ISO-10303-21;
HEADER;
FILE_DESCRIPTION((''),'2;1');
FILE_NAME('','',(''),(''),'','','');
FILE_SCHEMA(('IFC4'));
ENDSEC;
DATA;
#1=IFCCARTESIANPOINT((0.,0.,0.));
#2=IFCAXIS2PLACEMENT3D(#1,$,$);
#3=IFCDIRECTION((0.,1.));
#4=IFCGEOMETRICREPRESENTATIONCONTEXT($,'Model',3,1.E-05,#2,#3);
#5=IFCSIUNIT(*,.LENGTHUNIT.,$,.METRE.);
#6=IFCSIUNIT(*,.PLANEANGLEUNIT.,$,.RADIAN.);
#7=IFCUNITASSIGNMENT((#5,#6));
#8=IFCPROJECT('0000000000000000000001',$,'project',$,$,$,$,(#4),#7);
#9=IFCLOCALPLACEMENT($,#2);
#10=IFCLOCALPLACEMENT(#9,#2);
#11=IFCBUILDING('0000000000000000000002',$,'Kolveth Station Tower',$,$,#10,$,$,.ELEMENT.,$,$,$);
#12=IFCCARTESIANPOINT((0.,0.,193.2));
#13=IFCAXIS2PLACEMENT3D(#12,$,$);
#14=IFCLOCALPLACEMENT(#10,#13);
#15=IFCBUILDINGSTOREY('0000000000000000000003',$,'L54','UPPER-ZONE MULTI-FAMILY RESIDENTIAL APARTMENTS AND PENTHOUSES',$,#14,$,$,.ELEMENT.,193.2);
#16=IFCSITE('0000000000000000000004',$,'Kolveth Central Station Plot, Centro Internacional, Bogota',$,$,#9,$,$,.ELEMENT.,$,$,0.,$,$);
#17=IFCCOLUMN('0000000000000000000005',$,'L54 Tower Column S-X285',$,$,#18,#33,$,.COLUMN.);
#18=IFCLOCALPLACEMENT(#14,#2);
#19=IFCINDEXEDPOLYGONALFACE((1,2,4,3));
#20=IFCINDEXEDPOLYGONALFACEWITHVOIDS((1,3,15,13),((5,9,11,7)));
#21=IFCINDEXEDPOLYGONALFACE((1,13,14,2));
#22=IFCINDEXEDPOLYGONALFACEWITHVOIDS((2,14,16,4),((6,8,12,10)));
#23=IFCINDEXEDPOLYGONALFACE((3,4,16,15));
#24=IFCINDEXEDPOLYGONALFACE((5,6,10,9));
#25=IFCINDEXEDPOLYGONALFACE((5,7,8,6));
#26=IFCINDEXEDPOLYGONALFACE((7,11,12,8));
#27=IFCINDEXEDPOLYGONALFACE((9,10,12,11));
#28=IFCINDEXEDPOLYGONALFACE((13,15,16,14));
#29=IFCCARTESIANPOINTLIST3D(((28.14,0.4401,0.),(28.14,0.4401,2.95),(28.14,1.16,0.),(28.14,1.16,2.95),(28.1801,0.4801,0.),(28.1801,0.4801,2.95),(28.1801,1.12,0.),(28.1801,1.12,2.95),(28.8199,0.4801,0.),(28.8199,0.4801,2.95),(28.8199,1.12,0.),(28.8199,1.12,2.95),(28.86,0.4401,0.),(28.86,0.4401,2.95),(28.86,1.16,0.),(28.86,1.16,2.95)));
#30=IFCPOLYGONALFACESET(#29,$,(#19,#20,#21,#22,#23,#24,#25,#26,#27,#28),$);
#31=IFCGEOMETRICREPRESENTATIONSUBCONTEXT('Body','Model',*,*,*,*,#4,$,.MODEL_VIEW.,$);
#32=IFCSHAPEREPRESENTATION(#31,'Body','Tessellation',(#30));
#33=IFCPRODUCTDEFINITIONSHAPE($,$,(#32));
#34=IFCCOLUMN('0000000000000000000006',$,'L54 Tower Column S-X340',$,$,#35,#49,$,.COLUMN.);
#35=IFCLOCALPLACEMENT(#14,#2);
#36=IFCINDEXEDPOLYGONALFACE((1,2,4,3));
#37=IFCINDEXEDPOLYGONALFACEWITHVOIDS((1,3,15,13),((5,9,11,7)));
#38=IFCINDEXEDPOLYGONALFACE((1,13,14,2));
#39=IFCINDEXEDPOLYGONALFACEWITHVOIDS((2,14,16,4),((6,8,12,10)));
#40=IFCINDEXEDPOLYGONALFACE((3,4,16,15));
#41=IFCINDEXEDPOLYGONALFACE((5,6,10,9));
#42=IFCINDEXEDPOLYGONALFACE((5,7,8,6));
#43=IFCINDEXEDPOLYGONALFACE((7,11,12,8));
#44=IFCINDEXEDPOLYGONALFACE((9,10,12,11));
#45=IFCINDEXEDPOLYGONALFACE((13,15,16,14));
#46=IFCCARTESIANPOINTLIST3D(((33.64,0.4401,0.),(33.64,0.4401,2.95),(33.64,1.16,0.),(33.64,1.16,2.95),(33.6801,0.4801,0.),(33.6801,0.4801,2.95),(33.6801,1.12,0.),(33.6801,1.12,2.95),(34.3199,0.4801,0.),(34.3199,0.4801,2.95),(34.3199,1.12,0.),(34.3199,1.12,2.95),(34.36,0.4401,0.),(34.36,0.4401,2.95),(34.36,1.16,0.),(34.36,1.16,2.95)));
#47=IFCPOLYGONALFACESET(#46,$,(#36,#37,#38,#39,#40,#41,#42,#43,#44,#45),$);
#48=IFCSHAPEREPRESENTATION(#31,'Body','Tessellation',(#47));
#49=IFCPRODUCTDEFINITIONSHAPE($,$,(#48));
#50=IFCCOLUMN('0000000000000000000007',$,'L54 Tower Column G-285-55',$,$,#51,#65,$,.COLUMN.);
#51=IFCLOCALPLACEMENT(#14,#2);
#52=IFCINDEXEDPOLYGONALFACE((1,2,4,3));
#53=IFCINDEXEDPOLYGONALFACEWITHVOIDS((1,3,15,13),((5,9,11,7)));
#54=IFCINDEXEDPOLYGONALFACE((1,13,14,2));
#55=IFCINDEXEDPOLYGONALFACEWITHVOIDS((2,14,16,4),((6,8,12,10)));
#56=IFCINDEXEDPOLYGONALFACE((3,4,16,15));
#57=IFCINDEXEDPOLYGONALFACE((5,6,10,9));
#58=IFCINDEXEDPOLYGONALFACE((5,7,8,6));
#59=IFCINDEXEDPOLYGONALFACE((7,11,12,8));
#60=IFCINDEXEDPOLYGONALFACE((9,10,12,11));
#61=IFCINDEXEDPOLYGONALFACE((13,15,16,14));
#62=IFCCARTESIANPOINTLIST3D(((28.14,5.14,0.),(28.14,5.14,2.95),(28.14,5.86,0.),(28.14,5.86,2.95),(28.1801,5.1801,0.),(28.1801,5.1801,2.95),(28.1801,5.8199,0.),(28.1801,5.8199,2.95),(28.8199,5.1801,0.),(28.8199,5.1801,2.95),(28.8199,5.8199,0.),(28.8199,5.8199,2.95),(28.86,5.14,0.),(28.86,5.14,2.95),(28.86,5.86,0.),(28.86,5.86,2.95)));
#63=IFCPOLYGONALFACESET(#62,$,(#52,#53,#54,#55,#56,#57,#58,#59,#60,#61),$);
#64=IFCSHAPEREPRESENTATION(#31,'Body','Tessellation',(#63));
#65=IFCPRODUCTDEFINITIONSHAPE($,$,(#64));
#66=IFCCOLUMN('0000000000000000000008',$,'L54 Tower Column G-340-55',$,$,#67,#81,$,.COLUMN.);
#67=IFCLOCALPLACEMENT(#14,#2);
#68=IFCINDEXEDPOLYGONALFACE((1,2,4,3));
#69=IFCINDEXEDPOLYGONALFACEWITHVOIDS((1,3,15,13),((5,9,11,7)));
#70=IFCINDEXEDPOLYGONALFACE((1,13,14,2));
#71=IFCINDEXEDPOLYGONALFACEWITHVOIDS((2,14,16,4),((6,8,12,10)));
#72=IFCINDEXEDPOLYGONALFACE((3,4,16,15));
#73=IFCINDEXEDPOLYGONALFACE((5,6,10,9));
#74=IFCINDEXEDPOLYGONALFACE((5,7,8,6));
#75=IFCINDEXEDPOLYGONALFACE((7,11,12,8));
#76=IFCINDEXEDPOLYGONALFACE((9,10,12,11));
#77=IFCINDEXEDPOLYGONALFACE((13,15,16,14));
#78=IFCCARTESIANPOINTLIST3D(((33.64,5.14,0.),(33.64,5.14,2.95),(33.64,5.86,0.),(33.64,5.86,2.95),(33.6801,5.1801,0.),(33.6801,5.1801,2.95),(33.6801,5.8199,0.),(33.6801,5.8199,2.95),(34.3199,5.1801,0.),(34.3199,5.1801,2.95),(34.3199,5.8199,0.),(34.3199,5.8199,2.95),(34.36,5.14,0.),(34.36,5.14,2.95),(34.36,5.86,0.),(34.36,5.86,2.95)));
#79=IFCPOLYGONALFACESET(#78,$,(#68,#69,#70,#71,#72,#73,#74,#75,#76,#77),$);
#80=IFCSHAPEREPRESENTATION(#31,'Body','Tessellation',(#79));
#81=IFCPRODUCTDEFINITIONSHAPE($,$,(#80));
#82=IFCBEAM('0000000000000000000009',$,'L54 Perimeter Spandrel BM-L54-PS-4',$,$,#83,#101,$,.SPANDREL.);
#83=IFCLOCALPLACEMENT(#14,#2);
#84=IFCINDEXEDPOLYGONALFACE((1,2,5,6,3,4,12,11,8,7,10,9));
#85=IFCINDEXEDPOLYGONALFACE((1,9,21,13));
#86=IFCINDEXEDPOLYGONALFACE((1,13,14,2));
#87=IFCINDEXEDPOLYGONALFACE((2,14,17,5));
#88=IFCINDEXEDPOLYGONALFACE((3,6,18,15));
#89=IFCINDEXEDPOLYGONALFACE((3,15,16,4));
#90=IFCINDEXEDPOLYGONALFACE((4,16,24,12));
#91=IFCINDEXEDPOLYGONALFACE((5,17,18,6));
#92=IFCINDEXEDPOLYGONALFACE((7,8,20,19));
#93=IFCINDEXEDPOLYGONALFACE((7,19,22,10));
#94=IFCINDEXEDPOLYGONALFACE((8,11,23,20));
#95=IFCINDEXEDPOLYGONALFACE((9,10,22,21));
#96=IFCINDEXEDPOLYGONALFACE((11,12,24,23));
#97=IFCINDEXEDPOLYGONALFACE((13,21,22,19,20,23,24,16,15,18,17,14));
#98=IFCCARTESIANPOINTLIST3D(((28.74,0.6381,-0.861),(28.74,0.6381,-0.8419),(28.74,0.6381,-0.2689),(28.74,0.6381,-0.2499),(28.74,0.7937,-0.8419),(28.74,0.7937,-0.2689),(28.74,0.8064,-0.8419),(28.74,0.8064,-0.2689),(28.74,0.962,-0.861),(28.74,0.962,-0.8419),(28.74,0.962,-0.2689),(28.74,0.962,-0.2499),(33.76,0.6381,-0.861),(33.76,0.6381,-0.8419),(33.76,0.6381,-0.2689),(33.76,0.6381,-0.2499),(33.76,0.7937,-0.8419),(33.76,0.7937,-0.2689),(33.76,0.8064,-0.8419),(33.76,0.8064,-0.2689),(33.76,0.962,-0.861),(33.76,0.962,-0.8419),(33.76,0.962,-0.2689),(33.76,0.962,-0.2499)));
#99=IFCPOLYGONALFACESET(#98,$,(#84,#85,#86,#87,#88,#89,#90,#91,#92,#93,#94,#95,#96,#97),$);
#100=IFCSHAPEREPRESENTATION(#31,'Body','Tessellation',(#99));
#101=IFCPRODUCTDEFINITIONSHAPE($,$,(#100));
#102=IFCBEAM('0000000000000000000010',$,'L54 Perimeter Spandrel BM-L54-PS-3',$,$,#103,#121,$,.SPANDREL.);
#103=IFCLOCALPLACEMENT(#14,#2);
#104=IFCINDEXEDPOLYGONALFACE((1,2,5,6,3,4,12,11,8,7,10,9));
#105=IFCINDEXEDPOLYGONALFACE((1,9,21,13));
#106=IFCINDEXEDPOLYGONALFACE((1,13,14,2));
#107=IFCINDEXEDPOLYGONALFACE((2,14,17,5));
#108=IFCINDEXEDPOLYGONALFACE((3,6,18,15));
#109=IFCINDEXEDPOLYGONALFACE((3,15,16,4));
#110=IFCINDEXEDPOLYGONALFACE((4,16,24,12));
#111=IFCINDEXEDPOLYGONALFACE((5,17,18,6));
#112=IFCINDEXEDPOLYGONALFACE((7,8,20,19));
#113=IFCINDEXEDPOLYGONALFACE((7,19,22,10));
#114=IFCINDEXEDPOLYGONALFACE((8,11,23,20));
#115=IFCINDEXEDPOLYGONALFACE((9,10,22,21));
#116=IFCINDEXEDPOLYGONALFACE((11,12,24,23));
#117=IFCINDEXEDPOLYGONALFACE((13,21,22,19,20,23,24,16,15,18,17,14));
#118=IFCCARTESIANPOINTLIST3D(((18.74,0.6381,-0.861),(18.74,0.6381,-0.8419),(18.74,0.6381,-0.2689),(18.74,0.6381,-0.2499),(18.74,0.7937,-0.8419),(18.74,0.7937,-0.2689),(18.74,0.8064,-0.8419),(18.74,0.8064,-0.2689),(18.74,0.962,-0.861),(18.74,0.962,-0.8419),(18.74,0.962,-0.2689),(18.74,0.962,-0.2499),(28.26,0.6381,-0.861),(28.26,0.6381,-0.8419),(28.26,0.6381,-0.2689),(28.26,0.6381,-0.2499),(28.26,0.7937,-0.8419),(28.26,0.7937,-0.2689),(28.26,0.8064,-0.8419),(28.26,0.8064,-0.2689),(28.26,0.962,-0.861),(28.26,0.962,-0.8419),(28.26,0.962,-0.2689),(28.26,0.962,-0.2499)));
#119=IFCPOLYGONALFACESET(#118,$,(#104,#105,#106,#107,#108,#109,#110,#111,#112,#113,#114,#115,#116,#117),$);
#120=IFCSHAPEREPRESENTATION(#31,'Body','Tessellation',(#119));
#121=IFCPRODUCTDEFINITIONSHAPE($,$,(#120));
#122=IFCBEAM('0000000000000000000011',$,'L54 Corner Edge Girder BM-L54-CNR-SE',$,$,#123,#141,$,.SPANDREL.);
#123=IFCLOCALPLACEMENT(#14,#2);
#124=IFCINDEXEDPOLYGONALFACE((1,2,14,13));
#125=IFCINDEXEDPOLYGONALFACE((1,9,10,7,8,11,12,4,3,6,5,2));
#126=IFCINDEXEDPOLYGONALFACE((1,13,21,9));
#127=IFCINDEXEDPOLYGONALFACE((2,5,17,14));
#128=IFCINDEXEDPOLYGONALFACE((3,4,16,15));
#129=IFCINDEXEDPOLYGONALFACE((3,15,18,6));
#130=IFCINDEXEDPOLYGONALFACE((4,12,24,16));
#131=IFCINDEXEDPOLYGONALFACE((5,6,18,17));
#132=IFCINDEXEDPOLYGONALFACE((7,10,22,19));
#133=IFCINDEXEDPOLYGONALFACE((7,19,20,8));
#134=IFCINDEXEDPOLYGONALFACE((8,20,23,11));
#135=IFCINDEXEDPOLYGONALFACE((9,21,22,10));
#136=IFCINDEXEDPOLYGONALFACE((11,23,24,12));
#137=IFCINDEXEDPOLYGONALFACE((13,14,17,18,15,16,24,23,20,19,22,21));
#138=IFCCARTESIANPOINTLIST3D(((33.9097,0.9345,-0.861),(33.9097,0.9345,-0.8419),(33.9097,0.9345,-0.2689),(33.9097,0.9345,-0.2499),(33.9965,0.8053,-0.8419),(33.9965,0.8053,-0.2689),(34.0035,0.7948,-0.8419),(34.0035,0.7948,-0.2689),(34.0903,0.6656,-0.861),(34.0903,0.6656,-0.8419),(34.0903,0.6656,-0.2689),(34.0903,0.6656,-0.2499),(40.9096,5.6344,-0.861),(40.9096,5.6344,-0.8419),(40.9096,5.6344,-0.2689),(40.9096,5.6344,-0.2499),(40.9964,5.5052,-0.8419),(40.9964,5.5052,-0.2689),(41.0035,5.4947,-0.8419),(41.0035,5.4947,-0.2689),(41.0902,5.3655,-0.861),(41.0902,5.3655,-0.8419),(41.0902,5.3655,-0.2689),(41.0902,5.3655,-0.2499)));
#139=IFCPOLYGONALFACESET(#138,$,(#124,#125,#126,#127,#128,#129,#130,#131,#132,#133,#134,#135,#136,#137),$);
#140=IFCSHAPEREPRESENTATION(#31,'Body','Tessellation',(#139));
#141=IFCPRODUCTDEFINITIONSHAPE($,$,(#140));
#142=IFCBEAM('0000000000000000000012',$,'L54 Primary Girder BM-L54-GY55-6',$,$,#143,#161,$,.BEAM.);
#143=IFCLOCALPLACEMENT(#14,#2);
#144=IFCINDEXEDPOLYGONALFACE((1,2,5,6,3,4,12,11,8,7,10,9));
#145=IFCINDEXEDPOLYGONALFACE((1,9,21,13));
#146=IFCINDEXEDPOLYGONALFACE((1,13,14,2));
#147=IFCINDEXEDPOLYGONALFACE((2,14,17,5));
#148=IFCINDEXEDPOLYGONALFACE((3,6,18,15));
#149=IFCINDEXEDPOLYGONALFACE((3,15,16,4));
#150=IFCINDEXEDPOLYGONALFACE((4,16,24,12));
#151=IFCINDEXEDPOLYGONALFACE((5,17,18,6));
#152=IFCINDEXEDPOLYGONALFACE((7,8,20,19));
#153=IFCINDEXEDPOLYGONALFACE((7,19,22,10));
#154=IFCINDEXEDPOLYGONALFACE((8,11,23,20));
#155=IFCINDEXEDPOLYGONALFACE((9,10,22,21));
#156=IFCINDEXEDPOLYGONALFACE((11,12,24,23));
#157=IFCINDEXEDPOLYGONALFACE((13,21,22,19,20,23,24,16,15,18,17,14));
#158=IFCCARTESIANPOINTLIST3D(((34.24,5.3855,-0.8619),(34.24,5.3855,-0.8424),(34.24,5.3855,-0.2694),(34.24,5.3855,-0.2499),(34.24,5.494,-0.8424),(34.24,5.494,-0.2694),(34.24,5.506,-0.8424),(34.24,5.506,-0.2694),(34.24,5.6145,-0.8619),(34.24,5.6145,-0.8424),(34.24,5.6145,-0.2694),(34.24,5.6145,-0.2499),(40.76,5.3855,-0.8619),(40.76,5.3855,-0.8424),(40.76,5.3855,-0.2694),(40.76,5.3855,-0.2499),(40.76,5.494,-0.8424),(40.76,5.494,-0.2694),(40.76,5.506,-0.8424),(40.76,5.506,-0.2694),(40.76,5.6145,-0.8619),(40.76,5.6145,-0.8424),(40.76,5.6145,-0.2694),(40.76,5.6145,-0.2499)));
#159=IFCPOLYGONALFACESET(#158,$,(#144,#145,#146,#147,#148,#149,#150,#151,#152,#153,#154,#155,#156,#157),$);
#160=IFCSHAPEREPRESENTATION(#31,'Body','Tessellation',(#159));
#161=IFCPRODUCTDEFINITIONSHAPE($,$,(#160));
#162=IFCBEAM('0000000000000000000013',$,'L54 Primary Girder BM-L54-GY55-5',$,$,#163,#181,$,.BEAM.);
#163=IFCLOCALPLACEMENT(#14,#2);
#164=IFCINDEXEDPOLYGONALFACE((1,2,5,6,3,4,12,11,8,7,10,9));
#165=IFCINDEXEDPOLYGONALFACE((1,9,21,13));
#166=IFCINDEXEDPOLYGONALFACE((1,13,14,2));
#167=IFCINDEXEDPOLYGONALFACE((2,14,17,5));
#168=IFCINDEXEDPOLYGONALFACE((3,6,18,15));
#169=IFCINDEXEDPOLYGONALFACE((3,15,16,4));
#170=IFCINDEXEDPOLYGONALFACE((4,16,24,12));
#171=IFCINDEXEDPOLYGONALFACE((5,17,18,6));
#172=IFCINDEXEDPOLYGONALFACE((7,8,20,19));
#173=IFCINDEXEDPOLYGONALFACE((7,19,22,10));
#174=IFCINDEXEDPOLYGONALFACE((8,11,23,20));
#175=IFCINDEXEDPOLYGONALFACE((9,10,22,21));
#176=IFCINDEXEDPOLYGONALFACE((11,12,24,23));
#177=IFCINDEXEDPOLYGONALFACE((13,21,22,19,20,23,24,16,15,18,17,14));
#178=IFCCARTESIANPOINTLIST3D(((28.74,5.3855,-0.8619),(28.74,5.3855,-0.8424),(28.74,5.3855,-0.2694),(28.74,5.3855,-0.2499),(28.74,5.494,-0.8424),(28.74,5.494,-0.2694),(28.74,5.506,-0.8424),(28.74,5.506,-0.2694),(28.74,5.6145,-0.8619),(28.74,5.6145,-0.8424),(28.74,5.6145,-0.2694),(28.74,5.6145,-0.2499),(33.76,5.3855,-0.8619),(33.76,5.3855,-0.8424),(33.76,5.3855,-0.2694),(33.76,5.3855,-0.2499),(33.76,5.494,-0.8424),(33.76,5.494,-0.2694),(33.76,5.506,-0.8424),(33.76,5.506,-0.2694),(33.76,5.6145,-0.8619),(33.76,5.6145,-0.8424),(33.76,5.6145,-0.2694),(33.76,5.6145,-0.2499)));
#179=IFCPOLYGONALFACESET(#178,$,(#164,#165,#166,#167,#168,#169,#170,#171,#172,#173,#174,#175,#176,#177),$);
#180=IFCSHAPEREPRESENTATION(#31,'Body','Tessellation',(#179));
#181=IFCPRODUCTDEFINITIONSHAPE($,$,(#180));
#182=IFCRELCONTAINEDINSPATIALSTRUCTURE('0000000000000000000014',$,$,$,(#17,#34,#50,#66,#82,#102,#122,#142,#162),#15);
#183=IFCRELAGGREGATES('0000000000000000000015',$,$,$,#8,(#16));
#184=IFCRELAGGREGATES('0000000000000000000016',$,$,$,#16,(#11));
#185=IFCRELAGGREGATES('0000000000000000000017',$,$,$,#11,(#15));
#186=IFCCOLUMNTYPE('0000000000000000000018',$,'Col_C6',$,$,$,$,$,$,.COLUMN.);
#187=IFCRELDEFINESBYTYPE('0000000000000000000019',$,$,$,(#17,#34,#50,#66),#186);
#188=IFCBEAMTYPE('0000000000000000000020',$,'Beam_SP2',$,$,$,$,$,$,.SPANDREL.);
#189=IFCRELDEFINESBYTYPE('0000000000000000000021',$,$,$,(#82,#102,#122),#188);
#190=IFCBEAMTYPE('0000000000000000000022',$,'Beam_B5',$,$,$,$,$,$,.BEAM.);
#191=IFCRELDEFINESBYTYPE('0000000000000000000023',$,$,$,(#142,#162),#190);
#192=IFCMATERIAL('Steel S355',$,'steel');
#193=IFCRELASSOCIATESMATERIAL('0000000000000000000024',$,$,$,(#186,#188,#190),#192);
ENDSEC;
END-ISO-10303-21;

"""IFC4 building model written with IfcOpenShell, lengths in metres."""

from ifc_helpers import new_model, si_unit, direction, frame, origin, origin_2d, place, context, subcontext, project, spatial, hollow_rectangle, i_section, extrude, source, transform, mapped, material, material_profile, profile_set, type_object, element, save


model = new_model("IFC4")

# Units and contexts
model_context = context("Model", 3, precision=1e-05, world=origin(), true_north=direction((0.0, 1.0)))
body_context = subcontext(model_context, "Body", "Model", "MODEL_VIEW")
ifc_project = project(units=[si_unit("LENGTHUNIT", "METRE"), si_unit("PLANEANGLEUNIT", "RADIAN")], contexts=[model_context])

# Site, building, storey
site_placement = place(None, origin())
site = spatial("IfcSite", under=ifc_project, at=site_placement, Name="Kolveth Central Station Plot, Centro Internacional, Bogota", CompositionType="ELEMENT", RefElevation=0.0)
building_placement = place(site_placement, origin())
building = spatial("IfcBuilding", under=site, at=building_placement, Name="Kolveth Station Tower", CompositionType="ELEMENT")
storey_placement = place(building_placement, frame((0.0, 0.0, 193.2)))
storey = spatial("IfcBuildingStorey", under=building, at=storey_placement, Name="L54", Description="UPPER-ZONE MULTI-FAMILY RESIDENTIAL APARTMENTS AND PENTHOUSES", CompositionType="ELEMENT", Elevation=193.2)

# Columns
ifc_material_1 = material(Name="Steel S355", Category="steel")
ifc_material_profile_1 = material_profile(ifc_material_1, hollow_rectangle(XDim=0.72, YDim=0.72, WallThickness=0.04, at=origin_2d()), Name="BOX720x720x40")
ifc_profile_set_1 = profile_set([ifc_material_profile_1], Name="Steel S355")
column_type = type_object("IfcColumnType", Name="Col_C6", PredefinedType="COLUMN", material=ifc_profile_set_1)
shared_shape_1 = source(origin(), body_context, "Body", "SweptSolid", [
    extrude(hollow_rectangle(XDim=0.72, YDim=0.72, WallThickness=0.04, at=origin_2d()), origin(), (0.0, 0.0, 1.0), 2.95),
])
for number, where, z_axis, x_axis, name in (
    (1, (28.5, 0.8, 0.0), (0.0, 0.0, 1.0), (1.0, 0.0, 0.0), "L54 Tower Column S-X285"),
    (2, (34.0, 0.8, 0.0), (0.0, 0.0, 1.0), (1.0, 0.0, 0.0), "L54 Tower Column S-X340"),
    (3, (28.5, 5.5, 0.0), (0.0, 0.0, 1.0), (1.0, 0.0, 0.0), "L54 Tower Column G-285-55"),
    (4, (34.0, 5.5, 0.0), (0.0, 0.0, 1.0), (1.0, 0.0, 0.0), "L54 Tower Column G-340-55"),
):
    element("IfcColumn", number, at=place(storey_placement, frame(where, z_axis=z_axis, x_axis=x_axis)), inside=storey, type_object=column_type, Name=name, PredefinedType="COLUMN", context=body_context, shape_type="MappedRepresentation", body=[
        mapped(shared_shape_1, transform((0.0, 0.0, 0.0), x_axis=(1.0, 0.0, 0.0), y_axis=(0.0, 1.0, 0.0), z_axis=(0.0, 0.0, 1.0), scale=1.0)),
    ])

# Beams
ifc_material_profile_2 = material_profile(ifc_material_1, i_section(OverallWidth=0.324, OverallDepth=0.6111, WebThickness=0.0127, FlangeThickness=0.019, at=origin_2d()), Name="W610x155")
ifc_profile_set_2 = profile_set([ifc_material_profile_2], Name="Steel S355")
beam_type_1 = type_object("IfcBeamType", Name="Beam_SP2", PredefinedType="SPANDREL", material=ifc_profile_set_2)
shared_shape_2 = source(origin(), body_context, "Body", "SweptSolid", [
    extrude(i_section(OverallWidth=0.324, OverallDepth=0.6111, WebThickness=0.0127, FlangeThickness=0.019, at=origin_2d()), origin(), (0.0, 0.0, 1.0), 5.02),
])
beam_1_placement = place(storey_placement, frame((28.74, 0.8, -0.5554), z_axis=(1.0, 0.0, 0.0), x_axis=(0.0, 1.0, 0.0)))
element("IfcBeam", 5, at=beam_1_placement, inside=storey, type_object=beam_type_1, Name="L54 Perimeter Spandrel BM-L54-PS-4", PredefinedType="SPANDREL", context=body_context, shape_type="MappedRepresentation", body=[
    mapped(shared_shape_2, transform((0.0, 0.0, 0.0), x_axis=(1.0, 0.0, 0.0), y_axis=(0.0, 1.0, 0.0), z_axis=(0.0, 0.0, 1.0), scale=1.0)),
])
shared_shape_3 = source(origin(), body_context, "Body", "SweptSolid", [
    extrude(i_section(OverallWidth=0.324, OverallDepth=0.6111, WebThickness=0.0127, FlangeThickness=0.019, at=origin_2d()), origin(), (0.0, 0.0, 1.0), 9.52),
])
beam_2_placement = place(storey_placement, frame((18.74, 0.8, -0.5554), z_axis=(1.0, 0.0, 0.0), x_axis=(0.0, 1.0, 0.0)))
element("IfcBeam", 6, at=beam_2_placement, inside=storey, type_object=beam_type_1, Name="L54 Perimeter Spandrel BM-L54-PS-3", PredefinedType="SPANDREL", context=body_context, shape_type="MappedRepresentation", body=[
    mapped(shared_shape_3, transform((0.0, 0.0, 0.0), x_axis=(1.0, 0.0, 0.0), y_axis=(0.0, 1.0, 0.0), z_axis=(0.0, 0.0, 1.0), scale=1.0)),
])
shared_shape_4 = source(origin(), body_context, "Body", "SweptSolid", [
    extrude(i_section(OverallWidth=0.324, OverallDepth=0.6111, WebThickness=0.0127, FlangeThickness=0.019, at=origin_2d()), origin(), (0.0, 0.0, 1.0), 8.4314),
])
beam_3_placement = place(storey_placement, frame((34.0, 0.8, -0.5554), z_axis=(0.830224, 0.55743, 0.0), x_axis=(-0.55743, 0.830224, 0.0)))
element("IfcBeam", 7, at=beam_3_placement, inside=storey, type_object=beam_type_1, Name="L54 Corner Edge Girder BM-L54-CNR-SE", PredefinedType="SPANDREL", context=body_context, shape_type="MappedRepresentation", body=[
    mapped(shared_shape_4, transform((0.0, 0.0, 0.0), x_axis=(1.0, 0.0, 0.0), y_axis=(0.0, 1.0, 0.0), z_axis=(0.0, 0.0, 1.0), scale=1.0)),
])
ifc_material_profile_3 = material_profile(ifc_material_1, i_section(OverallWidth=0.229, OverallDepth=0.6121, WebThickness=0.012, FlangeThickness=0.0195, at=origin_2d()), Name="W610x125")
ifc_profile_set_3 = profile_set([ifc_material_profile_3], Name="Steel S355")
beam_type_2 = type_object("IfcBeamType", Name="Beam_B5", PredefinedType="BEAM", material=ifc_profile_set_3)
shared_shape_5 = source(origin(), body_context, "Body", "SweptSolid", [
    extrude(i_section(OverallWidth=0.229, OverallDepth=0.6121, WebThickness=0.012, FlangeThickness=0.0195, at=origin_2d()), origin(), (0.0, 0.0, 1.0), 6.52),
])
beam_4_placement = place(storey_placement, frame((34.24, 5.5, -0.5559), z_axis=(1.0, 0.0, 0.0), x_axis=(0.0, 1.0, 0.0)))
element("IfcBeam", 8, at=beam_4_placement, inside=storey, type_object=beam_type_2, Name="L54 Primary Girder BM-L54-GY55-6", PredefinedType="BEAM", context=body_context, shape_type="MappedRepresentation", body=[
    mapped(shared_shape_5, transform((0.0, 0.0, 0.0), x_axis=(1.0, 0.0, 0.0), y_axis=(0.0, 1.0, 0.0), z_axis=(0.0, 0.0, 1.0), scale=1.0)),
])
shared_shape_6 = source(origin(), body_context, "Body", "SweptSolid", [
    extrude(i_section(OverallWidth=0.229, OverallDepth=0.6121, WebThickness=0.012, FlangeThickness=0.0195, at=origin_2d()), origin(), (0.0, 0.0, 1.0), 5.02),
])
beam_5_placement = place(storey_placement, frame((28.74, 5.5, -0.5559), z_axis=(1.0, 0.0, 0.0), x_axis=(0.0, 1.0, 0.0)))
element("IfcBeam", 9, at=beam_5_placement, inside=storey, type_object=beam_type_2, Name="L54 Primary Girder BM-L54-GY55-5", PredefinedType="BEAM", context=body_context, shape_type="MappedRepresentation", body=[
    mapped(shared_shape_6, transform((0.0, 0.0, 0.0), x_axis=(1.0, 0.0, 0.0), y_axis=(0.0, 1.0, 0.0), z_axis=(0.0, 0.0, 1.0), scale=1.0)),
])

save(model, "model.ifc")
